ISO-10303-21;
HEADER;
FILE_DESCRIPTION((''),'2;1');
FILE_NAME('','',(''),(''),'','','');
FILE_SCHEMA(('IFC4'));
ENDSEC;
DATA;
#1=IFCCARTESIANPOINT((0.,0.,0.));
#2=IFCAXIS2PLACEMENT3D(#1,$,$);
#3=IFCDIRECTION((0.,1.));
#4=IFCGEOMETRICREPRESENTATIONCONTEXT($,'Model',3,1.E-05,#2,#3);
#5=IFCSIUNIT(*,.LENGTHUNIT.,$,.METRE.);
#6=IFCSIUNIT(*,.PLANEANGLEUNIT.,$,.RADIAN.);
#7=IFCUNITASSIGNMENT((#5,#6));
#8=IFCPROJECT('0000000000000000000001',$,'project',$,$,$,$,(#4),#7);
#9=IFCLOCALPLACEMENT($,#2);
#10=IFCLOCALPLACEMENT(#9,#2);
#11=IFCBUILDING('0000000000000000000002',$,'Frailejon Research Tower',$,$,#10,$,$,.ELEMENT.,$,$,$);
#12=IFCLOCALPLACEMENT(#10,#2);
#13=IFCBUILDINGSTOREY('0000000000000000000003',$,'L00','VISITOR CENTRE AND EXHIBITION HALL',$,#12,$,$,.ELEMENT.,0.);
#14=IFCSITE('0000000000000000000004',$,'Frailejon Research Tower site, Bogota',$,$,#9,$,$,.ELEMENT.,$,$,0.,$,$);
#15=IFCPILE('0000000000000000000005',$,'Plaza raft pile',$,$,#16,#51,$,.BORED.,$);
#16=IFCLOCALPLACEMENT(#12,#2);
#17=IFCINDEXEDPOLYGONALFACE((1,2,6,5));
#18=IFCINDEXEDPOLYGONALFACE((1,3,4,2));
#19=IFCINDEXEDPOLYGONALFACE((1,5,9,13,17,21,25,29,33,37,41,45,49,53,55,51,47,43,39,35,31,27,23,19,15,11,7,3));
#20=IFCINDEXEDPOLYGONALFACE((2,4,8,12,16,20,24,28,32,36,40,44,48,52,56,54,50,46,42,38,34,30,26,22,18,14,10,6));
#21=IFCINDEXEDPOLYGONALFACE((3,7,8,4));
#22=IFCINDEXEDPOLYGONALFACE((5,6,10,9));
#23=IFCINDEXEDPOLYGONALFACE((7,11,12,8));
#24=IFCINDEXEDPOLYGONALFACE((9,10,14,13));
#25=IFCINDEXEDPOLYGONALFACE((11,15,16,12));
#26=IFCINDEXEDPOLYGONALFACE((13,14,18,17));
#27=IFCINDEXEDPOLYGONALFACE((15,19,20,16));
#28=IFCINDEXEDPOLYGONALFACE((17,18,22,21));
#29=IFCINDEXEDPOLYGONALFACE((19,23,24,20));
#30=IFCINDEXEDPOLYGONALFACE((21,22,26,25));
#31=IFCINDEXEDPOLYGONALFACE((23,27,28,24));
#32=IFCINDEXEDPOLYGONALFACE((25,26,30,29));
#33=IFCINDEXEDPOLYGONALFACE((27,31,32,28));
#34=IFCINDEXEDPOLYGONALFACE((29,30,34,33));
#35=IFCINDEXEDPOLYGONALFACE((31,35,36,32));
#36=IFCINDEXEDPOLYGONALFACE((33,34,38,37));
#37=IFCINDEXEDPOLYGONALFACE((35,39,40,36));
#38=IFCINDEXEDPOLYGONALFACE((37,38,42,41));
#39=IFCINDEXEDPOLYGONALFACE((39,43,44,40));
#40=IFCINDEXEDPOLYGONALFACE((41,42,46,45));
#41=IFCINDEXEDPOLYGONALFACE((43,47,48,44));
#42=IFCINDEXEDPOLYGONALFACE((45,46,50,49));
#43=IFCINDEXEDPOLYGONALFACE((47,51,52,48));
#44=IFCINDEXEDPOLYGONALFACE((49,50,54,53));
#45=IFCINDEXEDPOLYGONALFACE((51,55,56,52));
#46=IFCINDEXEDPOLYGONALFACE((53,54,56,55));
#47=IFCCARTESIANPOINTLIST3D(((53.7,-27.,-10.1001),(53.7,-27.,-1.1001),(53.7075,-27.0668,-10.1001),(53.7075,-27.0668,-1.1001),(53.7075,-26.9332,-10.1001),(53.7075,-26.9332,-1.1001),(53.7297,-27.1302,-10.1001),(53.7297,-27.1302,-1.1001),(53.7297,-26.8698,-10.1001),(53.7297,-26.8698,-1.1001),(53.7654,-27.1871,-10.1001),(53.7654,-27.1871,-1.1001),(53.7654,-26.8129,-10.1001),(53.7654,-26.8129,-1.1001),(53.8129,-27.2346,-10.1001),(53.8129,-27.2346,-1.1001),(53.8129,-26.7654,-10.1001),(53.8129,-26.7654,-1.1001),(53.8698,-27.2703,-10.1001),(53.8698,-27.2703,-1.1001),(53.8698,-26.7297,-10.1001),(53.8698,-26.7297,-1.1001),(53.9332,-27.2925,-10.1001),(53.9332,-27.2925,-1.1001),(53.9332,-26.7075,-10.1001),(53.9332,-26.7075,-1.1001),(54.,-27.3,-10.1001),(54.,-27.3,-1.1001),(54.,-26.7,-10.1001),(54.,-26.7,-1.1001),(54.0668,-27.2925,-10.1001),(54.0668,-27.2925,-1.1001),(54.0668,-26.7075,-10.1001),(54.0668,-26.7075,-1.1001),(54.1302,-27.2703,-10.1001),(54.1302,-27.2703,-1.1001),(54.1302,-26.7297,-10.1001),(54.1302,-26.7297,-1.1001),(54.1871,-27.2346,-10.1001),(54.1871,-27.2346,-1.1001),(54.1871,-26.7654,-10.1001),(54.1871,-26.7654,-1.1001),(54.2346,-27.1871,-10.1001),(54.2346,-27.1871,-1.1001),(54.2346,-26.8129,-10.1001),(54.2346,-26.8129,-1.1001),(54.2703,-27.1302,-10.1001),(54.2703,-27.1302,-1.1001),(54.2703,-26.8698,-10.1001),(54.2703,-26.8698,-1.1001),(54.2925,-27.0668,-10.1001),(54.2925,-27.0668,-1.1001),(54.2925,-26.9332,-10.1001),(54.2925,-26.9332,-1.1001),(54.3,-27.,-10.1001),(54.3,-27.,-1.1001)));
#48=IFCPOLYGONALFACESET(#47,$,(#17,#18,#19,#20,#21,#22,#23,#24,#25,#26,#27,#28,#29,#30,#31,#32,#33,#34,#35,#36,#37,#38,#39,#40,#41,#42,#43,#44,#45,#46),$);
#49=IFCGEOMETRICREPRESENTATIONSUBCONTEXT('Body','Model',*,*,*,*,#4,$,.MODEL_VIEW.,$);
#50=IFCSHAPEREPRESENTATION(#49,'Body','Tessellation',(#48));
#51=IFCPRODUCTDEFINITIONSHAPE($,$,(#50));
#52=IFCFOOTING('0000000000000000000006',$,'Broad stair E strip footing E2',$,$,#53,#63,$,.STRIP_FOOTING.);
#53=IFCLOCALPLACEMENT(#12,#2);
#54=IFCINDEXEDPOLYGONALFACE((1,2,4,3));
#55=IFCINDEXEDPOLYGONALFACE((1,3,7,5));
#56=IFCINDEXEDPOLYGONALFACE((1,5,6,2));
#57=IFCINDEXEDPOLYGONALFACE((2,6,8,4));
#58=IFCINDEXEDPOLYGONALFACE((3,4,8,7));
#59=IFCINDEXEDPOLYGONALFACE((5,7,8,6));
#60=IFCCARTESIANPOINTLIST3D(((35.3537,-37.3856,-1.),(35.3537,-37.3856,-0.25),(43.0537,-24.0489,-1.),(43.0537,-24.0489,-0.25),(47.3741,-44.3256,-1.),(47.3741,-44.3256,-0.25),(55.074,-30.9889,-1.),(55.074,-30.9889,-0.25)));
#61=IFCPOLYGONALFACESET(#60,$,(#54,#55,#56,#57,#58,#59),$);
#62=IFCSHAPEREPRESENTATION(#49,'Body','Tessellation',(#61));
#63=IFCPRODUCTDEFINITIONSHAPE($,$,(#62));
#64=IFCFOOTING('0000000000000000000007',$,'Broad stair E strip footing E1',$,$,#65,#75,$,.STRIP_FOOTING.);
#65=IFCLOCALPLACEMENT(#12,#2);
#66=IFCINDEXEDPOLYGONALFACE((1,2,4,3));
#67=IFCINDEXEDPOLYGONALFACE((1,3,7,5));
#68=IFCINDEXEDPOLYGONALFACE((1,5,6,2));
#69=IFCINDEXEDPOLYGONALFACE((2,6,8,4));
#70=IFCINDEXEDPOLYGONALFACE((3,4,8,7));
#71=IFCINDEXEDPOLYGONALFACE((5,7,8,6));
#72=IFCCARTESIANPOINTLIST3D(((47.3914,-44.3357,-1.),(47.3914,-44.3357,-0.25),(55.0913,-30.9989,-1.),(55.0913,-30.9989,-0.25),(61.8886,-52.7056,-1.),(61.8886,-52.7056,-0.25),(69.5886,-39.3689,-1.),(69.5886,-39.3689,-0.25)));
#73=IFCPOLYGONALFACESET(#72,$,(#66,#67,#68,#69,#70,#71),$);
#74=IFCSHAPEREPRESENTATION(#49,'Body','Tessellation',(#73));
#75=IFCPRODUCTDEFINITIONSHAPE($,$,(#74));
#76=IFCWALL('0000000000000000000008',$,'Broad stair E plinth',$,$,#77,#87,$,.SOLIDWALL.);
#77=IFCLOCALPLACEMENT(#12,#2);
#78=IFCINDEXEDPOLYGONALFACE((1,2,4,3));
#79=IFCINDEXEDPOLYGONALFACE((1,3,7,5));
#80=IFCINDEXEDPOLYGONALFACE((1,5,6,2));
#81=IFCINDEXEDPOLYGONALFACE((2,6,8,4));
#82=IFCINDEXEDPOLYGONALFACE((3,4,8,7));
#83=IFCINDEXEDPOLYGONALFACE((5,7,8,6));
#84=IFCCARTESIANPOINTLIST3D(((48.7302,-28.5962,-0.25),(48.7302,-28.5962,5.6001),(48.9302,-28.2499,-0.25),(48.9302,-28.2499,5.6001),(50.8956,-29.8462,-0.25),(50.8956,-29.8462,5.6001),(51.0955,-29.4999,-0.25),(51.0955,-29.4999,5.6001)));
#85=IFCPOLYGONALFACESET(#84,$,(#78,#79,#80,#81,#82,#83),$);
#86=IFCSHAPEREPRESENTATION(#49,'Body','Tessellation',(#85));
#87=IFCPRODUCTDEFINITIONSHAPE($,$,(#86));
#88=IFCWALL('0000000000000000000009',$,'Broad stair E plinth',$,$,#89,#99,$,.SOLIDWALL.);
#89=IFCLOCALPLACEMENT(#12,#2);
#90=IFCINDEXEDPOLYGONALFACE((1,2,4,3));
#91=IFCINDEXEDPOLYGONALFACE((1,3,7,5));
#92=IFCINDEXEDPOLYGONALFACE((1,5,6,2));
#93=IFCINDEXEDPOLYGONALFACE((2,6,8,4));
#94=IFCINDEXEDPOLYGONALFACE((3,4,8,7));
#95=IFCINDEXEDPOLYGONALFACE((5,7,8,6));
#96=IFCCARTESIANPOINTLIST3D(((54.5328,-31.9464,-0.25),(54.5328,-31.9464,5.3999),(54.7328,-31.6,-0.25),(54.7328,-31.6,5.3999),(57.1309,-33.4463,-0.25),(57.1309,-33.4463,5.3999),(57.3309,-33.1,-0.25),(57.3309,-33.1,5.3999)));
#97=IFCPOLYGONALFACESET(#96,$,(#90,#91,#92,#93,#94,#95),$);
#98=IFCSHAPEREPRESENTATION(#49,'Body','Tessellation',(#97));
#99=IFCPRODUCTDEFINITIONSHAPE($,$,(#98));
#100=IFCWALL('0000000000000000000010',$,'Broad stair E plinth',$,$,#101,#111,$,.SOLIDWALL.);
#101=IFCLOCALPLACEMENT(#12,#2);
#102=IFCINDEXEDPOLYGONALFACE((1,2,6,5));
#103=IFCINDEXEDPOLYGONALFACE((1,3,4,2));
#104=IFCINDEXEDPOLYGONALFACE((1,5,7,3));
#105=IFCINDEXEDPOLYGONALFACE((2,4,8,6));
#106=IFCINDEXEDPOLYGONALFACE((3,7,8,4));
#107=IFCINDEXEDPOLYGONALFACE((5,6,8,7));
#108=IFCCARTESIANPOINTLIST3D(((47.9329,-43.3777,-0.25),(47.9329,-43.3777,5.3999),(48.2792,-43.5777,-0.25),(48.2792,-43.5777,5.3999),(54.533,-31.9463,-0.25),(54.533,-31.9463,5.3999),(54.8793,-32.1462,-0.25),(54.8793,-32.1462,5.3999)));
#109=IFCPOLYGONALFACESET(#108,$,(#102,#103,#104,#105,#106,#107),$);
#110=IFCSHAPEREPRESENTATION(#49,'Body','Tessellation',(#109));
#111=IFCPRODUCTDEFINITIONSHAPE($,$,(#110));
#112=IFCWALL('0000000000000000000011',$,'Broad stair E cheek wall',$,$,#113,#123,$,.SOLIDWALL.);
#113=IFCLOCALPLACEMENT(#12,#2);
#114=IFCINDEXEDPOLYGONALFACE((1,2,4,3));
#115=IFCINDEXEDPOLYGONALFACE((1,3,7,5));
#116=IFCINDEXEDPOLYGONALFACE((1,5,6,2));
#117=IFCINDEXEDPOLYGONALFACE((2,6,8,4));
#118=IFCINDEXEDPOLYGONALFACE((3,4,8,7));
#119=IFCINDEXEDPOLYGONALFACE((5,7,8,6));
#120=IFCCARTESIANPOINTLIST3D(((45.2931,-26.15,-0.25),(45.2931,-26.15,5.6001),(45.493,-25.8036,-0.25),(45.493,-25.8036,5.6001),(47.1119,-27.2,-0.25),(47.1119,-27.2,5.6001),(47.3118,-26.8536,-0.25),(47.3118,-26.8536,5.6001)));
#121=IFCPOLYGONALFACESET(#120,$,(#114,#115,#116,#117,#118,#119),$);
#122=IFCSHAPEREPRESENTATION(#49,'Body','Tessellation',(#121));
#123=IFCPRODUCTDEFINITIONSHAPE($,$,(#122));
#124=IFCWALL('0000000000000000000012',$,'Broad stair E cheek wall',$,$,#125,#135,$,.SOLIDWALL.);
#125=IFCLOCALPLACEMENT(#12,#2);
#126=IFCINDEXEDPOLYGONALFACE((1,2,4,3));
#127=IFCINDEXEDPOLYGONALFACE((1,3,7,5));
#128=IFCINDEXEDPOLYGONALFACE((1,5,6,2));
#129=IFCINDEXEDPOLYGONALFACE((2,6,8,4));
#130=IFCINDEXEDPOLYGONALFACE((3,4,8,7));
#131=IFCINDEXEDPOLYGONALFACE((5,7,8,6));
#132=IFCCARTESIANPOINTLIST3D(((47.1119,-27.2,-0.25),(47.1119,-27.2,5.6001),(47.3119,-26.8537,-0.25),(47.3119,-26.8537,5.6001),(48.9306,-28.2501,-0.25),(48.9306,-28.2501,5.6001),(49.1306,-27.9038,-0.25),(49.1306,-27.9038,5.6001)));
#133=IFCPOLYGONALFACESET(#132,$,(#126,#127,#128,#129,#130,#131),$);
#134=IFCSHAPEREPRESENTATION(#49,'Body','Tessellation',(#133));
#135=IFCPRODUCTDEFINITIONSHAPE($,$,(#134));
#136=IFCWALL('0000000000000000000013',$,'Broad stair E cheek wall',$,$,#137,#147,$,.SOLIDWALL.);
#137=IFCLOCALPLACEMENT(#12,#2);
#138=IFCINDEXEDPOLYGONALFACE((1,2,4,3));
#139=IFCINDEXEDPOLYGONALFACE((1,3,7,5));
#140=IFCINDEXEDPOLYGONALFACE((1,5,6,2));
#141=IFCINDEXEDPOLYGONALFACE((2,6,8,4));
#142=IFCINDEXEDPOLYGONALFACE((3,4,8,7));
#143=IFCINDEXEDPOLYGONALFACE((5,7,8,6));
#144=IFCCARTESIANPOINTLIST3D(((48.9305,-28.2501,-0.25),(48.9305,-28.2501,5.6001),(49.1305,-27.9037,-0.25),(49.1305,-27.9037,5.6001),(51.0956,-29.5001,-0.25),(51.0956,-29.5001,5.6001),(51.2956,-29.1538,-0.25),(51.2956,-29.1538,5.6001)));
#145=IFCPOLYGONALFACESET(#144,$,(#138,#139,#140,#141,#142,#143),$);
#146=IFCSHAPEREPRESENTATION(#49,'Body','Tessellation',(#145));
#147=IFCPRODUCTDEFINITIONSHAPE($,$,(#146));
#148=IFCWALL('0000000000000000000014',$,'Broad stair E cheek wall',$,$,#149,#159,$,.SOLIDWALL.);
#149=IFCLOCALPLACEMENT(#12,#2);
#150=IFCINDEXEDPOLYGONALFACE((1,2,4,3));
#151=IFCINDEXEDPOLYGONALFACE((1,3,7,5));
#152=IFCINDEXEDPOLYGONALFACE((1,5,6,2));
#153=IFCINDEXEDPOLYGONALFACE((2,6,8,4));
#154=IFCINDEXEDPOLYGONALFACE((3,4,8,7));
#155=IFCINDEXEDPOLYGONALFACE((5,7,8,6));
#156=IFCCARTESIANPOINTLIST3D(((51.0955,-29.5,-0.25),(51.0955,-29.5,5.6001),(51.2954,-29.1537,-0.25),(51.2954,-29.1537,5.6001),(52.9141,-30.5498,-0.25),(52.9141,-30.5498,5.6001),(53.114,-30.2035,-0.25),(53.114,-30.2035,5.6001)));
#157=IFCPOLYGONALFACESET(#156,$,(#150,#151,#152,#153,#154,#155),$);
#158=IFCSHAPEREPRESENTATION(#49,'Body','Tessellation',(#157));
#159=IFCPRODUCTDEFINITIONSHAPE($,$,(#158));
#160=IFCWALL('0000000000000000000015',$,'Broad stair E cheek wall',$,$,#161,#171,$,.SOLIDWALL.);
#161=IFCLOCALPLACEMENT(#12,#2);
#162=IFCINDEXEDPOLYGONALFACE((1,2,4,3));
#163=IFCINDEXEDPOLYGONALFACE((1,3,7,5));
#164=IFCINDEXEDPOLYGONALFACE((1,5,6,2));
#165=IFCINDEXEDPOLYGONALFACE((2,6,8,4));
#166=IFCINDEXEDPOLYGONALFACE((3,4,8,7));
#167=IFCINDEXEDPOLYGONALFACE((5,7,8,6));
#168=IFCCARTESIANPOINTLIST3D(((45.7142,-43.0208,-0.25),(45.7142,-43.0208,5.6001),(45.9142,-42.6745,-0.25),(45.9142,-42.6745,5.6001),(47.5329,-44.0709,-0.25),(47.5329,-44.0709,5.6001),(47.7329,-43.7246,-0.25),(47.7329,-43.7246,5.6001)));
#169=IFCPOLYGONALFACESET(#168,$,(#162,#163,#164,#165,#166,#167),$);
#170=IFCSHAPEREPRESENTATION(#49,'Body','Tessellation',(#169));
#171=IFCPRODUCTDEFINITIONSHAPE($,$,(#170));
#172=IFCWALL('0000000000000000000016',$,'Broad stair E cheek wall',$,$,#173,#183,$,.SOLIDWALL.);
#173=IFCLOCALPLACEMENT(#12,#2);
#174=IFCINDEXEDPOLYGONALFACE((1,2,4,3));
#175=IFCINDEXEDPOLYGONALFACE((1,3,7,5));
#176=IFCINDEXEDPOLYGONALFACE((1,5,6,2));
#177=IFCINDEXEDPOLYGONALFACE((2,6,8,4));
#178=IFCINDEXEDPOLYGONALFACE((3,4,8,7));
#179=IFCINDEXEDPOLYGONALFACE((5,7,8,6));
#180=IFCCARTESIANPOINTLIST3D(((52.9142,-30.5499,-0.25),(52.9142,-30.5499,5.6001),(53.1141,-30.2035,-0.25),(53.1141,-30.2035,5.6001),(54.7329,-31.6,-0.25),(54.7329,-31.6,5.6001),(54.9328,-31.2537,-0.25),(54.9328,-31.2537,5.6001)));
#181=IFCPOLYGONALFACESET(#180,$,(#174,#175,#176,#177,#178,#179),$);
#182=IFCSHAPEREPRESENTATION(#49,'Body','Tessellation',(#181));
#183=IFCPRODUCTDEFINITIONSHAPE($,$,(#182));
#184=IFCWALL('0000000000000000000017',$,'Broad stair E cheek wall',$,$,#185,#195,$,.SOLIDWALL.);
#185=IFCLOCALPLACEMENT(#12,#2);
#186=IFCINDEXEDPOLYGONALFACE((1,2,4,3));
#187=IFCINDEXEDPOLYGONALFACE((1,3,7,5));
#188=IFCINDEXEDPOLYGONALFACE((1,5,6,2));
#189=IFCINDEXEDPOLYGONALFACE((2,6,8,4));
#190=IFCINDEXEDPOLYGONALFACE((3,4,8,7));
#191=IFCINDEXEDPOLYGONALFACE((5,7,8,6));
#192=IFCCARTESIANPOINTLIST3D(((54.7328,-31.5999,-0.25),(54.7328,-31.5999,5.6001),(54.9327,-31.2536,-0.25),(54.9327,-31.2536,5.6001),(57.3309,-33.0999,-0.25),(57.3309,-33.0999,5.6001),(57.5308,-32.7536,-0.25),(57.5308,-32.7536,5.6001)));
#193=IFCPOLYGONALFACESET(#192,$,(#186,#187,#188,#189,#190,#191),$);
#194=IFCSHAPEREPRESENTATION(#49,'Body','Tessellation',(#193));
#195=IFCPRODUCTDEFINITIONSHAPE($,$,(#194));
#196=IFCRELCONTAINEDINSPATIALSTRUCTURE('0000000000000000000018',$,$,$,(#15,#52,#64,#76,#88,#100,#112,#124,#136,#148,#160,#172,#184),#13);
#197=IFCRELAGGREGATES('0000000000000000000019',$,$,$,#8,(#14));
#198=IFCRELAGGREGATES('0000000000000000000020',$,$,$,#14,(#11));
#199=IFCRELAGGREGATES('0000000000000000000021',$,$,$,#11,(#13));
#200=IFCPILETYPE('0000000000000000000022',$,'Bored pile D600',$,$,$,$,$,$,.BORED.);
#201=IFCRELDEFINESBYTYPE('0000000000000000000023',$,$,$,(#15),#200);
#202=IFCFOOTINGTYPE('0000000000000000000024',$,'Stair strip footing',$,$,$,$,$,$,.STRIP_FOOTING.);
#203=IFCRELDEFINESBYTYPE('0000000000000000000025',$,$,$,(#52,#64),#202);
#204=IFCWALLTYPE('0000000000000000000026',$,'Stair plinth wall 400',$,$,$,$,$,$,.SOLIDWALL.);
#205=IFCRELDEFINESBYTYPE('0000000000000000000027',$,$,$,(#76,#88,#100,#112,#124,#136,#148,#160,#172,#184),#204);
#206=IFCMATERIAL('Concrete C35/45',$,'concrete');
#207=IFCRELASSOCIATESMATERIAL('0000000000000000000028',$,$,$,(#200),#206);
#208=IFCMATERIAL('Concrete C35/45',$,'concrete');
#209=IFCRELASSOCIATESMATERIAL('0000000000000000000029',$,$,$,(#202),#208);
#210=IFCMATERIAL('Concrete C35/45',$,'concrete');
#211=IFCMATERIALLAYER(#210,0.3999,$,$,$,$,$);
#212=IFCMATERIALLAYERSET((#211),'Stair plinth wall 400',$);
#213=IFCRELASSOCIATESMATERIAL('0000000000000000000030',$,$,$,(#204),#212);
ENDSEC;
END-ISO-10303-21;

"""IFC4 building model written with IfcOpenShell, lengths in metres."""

from ifc_helpers import new_model, si_unit, direction, frame, frame_2d, origin, origin_2d, place, context, subcontext, project, spatial, rectangle, circle, extrude, material, layer, layer_set, material_profile, profile_set, type_object, element, save


model = new_model("IFC4")

# Units and contexts
model_context = context("Model", 3, precision=1e-05, world=origin(), true_north=direction((0.0, 1.0)))
body_context = subcontext(model_context, "Body", "Model", "MODEL_VIEW")
ifc_project = project(units=[si_unit("LENGTHUNIT", "METRE"), si_unit("PLANEANGLEUNIT", "RADIAN")], contexts=[model_context])

# Site, building, storey
site_placement = place(None, origin())
site = spatial("IfcSite", under=ifc_project, at=site_placement, Name="Frailejon Research Tower site, Bogota", CompositionType="ELEMENT", RefElevation=0.0)
building_placement = place(site_placement, origin())
building = spatial("IfcBuilding", under=site, at=building_placement, Name="Frailejon Research Tower", CompositionType="ELEMENT")
storey_placement = place(building_placement, origin())
storey = spatial("IfcBuildingStorey", under=building, at=storey_placement, Name="L00", Description="VISITOR CENTRE AND EXHIBITION HALL", CompositionType="ELEMENT", Elevation=0.0)

# Pile
ifc_material_1 = material(Name="Concrete C35/45", Category="concrete")
ifc_material_profile = material_profile(ifc_material_1, circle(Radius=0.3, at=origin_2d()), Name="Bored pile D600")
ifc_profile_set = profile_set([ifc_material_profile], Name="Concrete C35/45")
pile_type = type_object("IfcPileType", Name="Bored pile D600", PredefinedType="BORED", material=ifc_profile_set)
pile_placement = place(storey_placement, frame((54.0, -27.0, -1.1001), z_axis=(0.0, 0.0, -1.0), x_axis=(1.0, 0.0, 0.0)))
element("IfcPile", 1, at=pile_placement, inside=storey, type_object=pile_type, Name="Plaza raft pile", PredefinedType="BORED", context=body_context, shape_type="SweptSolid", body=[
    extrude(circle(Radius=0.3, at=origin_2d()), origin(), (0.0, 0.0, 1.0), 9.0),
])

# Footings
ifc_material_2 = material(Name="Concrete C35/45", Category="concrete")
footing_type = type_object("IfcFootingType", Name="Stair strip footing", PredefinedType="STRIP_FOOTING", material=ifc_material_2)
footing_1_placement = place(storey_placement, frame((45.2139, -34.1873, -1.0), z_axis=(0.0, 0.0, 1.0), x_axis=(0.5, 0.866025, 0.0)))
element("IfcFooting", 2, at=footing_1_placement, inside=storey, type_object=footing_type, Name="Broad stair E strip footing E2", PredefinedType="STRIP_FOOTING", context=body_context, shape_type="SweptSolid", body=[
    extrude(rectangle(XDim=15.3999, YDim=13.8799, at=origin_2d()), origin(), (0.0, 0.0, 1.0), 0.75),
])
footing_2_placement = place(storey_placement, frame((58.49, -41.8523, -1.0), z_axis=(0.0, 0.0, 1.0), x_axis=(0.5, 0.866025, 0.0)))
element("IfcFooting", 3, at=footing_2_placement, inside=storey, type_object=footing_type, Name="Broad stair E strip footing E1", PredefinedType="STRIP_FOOTING", context=body_context, shape_type="SweptSolid", body=[
    extrude(rectangle(XDim=15.3999, YDim=16.74, at=origin_2d()), origin(), (0.0, 0.0, 1.0), 0.75),
])

# Walls
ifc_material_3 = material(Name="Concrete C35/45", Category="concrete")
ifc_layer = layer(ifc_material_3, 0.3999)
ifc_layer_set = layer_set([ifc_layer], Name="Stair plinth wall 400")
wall_type = type_object("IfcWallType", Name="Stair plinth wall 400", PredefinedType="SOLIDWALL", material=ifc_layer_set)
wall_1_placement = place(storey_placement, frame((48.8303, -28.4231, -0.25), z_axis=(0.0, 0.0, 1.0), x_axis=(0.866047, -0.499962, 0.0)))
element("IfcWall", 4, at=wall_1_placement, inside=storey, type_object=wall_type, Name="Broad stair E plinth", PredefinedType="SOLIDWALL", context=body_context, shape_type="SweptSolid", body=[
    extrude(rectangle(XDim=2.5002, YDim=0.3999, at=frame_2d((1.25, 0.0))), origin(), (0.0, 0.0, 1.0), 5.8501),
])
wall_2_placement = place(storey_placement, frame((54.6328, -31.7732, -0.25), z_axis=(0.0, 0.0, 1.0), x_axis=(0.866031, -0.49999, 0.0)))
element("IfcWall", 5, at=wall_2_placement, inside=storey, type_object=wall_type, Name="Broad stair E plinth", PredefinedType="SOLIDWALL", context=body_context, shape_type="SweptSolid", body=[
    extrude(rectangle(XDim=3.0, YDim=0.3999, at=frame_2d((1.5, 0.0))), origin(), (0.0, 0.0, 1.0), 5.6499),
])
wall_3_placement = place(storey_placement, frame((48.106, -43.4778, -0.25), z_axis=(0.0, 0.0, 1.0), x_axis=(0.50001, 0.86602, 0.0)))
element("IfcWall", 6, at=wall_3_placement, inside=storey, type_object=wall_type, Name="Broad stair E plinth", PredefinedType="SOLIDWALL", context=body_context, shape_type="SweptSolid", body=[
    extrude(rectangle(XDim=13.2, YDim=0.3999, at=frame_2d((6.6001, 0.0))), origin(), (0.0, 0.0, 1.0), 5.6499),
])
for number, where, z_axis, x_axis, name in (
    (7, (45.3931, -25.9768, -0.25), (0.0, 0.0, 1.0), (0.866038, -0.499977, 0.0), "Broad stair E cheek wall"),
    (8, (47.2119, -27.0269, -0.25), (0.0, 0.0, 1.0), (0.866009, -0.500028, 0.0), "Broad stair E cheek wall"),
):
    element("IfcWall", number, at=place(storey_placement, frame(where, z_axis=z_axis, x_axis=x_axis)), inside=storey, type_object=wall_type, Name=name, PredefinedType="SOLIDWALL", context=body_context, shape_type="SweptSolid", body=[
        extrude(rectangle(XDim=2.1001, YDim=0.3999, at=frame_2d((1.05, 0.0))), origin(), (0.0, 0.0, 1.0), 5.8501),
    ])
wall_4_placement = place(storey_placement, frame((49.0305, -28.0769, -0.25), z_axis=(0.0, 0.0, 1.0), x_axis=(0.866023, -0.500004, 0.0)))
element("IfcWall", 9, at=wall_4_placement, inside=storey, type_object=wall_type, Name="Broad stair E cheek wall", PredefinedType="SOLIDWALL", context=body_context, shape_type="SweptSolid", body=[
    extrude(rectangle(XDim=2.5, YDim=0.3999, at=frame_2d((1.25, 0.0))), origin(), (0.0, 0.0, 1.0), 5.8501),
])
wall_5_placement = place(storey_placement, frame((51.1956, -29.3269, -0.25), z_axis=(0.0, 0.0, 1.0), x_axis=(0.86606, -0.499941, 0.0)))
element("IfcWall", 10, at=wall_5_placement, inside=storey, type_object=wall_type, Name="Broad stair E cheek wall", PredefinedType="SOLIDWALL", context=body_context, shape_type="SweptSolid", body=[
    extrude(rectangle(XDim=2.0999, YDim=0.3999, at=frame_2d((1.0498, 0.0))), origin(), (0.0, 0.0, 1.0), 5.8501),
])
for number, where, z_axis, x_axis, name in (
    (11, (45.8142, -42.8477, -0.25), (0.0, 0.0, 1.0), (0.866009, -0.500028, 0.0), "Broad stair E cheek wall"),
    (12, (53.0142, -30.3767, -0.25), (0.0, 0.0, 1.0), (0.866009, -0.500028, 0.0), "Broad stair E cheek wall"),
):
    element("IfcWall", number, at=place(storey_placement, frame(where, z_axis=z_axis, x_axis=x_axis)), inside=storey, type_object=wall_type, Name=name, PredefinedType="SOLIDWALL", context=body_context, shape_type="SweptSolid", body=[
        extrude(rectangle(XDim=2.1001, YDim=0.3999, at=frame_2d((1.05, 0.0))), origin(), (0.0, 0.0, 1.0), 5.8501),
    ])
wall_6_placement = place(storey_placement, frame((54.8328, -31.4268, -0.25), z_axis=(0.0, 0.0, 1.0), x_axis=(0.866031, -0.49999, 0.0)))
element("IfcWall", 13, at=wall_6_placement, inside=storey, type_object=wall_type, Name="Broad stair E cheek wall", PredefinedType="SOLIDWALL", context=body_context, shape_type="SweptSolid", body=[
    extrude(rectangle(XDim=3.0, YDim=0.3999, at=frame_2d((1.5, 0.0))), origin(), (0.0, 0.0, 1.0), 5.8501),
])

save(model, "model.ifc")
